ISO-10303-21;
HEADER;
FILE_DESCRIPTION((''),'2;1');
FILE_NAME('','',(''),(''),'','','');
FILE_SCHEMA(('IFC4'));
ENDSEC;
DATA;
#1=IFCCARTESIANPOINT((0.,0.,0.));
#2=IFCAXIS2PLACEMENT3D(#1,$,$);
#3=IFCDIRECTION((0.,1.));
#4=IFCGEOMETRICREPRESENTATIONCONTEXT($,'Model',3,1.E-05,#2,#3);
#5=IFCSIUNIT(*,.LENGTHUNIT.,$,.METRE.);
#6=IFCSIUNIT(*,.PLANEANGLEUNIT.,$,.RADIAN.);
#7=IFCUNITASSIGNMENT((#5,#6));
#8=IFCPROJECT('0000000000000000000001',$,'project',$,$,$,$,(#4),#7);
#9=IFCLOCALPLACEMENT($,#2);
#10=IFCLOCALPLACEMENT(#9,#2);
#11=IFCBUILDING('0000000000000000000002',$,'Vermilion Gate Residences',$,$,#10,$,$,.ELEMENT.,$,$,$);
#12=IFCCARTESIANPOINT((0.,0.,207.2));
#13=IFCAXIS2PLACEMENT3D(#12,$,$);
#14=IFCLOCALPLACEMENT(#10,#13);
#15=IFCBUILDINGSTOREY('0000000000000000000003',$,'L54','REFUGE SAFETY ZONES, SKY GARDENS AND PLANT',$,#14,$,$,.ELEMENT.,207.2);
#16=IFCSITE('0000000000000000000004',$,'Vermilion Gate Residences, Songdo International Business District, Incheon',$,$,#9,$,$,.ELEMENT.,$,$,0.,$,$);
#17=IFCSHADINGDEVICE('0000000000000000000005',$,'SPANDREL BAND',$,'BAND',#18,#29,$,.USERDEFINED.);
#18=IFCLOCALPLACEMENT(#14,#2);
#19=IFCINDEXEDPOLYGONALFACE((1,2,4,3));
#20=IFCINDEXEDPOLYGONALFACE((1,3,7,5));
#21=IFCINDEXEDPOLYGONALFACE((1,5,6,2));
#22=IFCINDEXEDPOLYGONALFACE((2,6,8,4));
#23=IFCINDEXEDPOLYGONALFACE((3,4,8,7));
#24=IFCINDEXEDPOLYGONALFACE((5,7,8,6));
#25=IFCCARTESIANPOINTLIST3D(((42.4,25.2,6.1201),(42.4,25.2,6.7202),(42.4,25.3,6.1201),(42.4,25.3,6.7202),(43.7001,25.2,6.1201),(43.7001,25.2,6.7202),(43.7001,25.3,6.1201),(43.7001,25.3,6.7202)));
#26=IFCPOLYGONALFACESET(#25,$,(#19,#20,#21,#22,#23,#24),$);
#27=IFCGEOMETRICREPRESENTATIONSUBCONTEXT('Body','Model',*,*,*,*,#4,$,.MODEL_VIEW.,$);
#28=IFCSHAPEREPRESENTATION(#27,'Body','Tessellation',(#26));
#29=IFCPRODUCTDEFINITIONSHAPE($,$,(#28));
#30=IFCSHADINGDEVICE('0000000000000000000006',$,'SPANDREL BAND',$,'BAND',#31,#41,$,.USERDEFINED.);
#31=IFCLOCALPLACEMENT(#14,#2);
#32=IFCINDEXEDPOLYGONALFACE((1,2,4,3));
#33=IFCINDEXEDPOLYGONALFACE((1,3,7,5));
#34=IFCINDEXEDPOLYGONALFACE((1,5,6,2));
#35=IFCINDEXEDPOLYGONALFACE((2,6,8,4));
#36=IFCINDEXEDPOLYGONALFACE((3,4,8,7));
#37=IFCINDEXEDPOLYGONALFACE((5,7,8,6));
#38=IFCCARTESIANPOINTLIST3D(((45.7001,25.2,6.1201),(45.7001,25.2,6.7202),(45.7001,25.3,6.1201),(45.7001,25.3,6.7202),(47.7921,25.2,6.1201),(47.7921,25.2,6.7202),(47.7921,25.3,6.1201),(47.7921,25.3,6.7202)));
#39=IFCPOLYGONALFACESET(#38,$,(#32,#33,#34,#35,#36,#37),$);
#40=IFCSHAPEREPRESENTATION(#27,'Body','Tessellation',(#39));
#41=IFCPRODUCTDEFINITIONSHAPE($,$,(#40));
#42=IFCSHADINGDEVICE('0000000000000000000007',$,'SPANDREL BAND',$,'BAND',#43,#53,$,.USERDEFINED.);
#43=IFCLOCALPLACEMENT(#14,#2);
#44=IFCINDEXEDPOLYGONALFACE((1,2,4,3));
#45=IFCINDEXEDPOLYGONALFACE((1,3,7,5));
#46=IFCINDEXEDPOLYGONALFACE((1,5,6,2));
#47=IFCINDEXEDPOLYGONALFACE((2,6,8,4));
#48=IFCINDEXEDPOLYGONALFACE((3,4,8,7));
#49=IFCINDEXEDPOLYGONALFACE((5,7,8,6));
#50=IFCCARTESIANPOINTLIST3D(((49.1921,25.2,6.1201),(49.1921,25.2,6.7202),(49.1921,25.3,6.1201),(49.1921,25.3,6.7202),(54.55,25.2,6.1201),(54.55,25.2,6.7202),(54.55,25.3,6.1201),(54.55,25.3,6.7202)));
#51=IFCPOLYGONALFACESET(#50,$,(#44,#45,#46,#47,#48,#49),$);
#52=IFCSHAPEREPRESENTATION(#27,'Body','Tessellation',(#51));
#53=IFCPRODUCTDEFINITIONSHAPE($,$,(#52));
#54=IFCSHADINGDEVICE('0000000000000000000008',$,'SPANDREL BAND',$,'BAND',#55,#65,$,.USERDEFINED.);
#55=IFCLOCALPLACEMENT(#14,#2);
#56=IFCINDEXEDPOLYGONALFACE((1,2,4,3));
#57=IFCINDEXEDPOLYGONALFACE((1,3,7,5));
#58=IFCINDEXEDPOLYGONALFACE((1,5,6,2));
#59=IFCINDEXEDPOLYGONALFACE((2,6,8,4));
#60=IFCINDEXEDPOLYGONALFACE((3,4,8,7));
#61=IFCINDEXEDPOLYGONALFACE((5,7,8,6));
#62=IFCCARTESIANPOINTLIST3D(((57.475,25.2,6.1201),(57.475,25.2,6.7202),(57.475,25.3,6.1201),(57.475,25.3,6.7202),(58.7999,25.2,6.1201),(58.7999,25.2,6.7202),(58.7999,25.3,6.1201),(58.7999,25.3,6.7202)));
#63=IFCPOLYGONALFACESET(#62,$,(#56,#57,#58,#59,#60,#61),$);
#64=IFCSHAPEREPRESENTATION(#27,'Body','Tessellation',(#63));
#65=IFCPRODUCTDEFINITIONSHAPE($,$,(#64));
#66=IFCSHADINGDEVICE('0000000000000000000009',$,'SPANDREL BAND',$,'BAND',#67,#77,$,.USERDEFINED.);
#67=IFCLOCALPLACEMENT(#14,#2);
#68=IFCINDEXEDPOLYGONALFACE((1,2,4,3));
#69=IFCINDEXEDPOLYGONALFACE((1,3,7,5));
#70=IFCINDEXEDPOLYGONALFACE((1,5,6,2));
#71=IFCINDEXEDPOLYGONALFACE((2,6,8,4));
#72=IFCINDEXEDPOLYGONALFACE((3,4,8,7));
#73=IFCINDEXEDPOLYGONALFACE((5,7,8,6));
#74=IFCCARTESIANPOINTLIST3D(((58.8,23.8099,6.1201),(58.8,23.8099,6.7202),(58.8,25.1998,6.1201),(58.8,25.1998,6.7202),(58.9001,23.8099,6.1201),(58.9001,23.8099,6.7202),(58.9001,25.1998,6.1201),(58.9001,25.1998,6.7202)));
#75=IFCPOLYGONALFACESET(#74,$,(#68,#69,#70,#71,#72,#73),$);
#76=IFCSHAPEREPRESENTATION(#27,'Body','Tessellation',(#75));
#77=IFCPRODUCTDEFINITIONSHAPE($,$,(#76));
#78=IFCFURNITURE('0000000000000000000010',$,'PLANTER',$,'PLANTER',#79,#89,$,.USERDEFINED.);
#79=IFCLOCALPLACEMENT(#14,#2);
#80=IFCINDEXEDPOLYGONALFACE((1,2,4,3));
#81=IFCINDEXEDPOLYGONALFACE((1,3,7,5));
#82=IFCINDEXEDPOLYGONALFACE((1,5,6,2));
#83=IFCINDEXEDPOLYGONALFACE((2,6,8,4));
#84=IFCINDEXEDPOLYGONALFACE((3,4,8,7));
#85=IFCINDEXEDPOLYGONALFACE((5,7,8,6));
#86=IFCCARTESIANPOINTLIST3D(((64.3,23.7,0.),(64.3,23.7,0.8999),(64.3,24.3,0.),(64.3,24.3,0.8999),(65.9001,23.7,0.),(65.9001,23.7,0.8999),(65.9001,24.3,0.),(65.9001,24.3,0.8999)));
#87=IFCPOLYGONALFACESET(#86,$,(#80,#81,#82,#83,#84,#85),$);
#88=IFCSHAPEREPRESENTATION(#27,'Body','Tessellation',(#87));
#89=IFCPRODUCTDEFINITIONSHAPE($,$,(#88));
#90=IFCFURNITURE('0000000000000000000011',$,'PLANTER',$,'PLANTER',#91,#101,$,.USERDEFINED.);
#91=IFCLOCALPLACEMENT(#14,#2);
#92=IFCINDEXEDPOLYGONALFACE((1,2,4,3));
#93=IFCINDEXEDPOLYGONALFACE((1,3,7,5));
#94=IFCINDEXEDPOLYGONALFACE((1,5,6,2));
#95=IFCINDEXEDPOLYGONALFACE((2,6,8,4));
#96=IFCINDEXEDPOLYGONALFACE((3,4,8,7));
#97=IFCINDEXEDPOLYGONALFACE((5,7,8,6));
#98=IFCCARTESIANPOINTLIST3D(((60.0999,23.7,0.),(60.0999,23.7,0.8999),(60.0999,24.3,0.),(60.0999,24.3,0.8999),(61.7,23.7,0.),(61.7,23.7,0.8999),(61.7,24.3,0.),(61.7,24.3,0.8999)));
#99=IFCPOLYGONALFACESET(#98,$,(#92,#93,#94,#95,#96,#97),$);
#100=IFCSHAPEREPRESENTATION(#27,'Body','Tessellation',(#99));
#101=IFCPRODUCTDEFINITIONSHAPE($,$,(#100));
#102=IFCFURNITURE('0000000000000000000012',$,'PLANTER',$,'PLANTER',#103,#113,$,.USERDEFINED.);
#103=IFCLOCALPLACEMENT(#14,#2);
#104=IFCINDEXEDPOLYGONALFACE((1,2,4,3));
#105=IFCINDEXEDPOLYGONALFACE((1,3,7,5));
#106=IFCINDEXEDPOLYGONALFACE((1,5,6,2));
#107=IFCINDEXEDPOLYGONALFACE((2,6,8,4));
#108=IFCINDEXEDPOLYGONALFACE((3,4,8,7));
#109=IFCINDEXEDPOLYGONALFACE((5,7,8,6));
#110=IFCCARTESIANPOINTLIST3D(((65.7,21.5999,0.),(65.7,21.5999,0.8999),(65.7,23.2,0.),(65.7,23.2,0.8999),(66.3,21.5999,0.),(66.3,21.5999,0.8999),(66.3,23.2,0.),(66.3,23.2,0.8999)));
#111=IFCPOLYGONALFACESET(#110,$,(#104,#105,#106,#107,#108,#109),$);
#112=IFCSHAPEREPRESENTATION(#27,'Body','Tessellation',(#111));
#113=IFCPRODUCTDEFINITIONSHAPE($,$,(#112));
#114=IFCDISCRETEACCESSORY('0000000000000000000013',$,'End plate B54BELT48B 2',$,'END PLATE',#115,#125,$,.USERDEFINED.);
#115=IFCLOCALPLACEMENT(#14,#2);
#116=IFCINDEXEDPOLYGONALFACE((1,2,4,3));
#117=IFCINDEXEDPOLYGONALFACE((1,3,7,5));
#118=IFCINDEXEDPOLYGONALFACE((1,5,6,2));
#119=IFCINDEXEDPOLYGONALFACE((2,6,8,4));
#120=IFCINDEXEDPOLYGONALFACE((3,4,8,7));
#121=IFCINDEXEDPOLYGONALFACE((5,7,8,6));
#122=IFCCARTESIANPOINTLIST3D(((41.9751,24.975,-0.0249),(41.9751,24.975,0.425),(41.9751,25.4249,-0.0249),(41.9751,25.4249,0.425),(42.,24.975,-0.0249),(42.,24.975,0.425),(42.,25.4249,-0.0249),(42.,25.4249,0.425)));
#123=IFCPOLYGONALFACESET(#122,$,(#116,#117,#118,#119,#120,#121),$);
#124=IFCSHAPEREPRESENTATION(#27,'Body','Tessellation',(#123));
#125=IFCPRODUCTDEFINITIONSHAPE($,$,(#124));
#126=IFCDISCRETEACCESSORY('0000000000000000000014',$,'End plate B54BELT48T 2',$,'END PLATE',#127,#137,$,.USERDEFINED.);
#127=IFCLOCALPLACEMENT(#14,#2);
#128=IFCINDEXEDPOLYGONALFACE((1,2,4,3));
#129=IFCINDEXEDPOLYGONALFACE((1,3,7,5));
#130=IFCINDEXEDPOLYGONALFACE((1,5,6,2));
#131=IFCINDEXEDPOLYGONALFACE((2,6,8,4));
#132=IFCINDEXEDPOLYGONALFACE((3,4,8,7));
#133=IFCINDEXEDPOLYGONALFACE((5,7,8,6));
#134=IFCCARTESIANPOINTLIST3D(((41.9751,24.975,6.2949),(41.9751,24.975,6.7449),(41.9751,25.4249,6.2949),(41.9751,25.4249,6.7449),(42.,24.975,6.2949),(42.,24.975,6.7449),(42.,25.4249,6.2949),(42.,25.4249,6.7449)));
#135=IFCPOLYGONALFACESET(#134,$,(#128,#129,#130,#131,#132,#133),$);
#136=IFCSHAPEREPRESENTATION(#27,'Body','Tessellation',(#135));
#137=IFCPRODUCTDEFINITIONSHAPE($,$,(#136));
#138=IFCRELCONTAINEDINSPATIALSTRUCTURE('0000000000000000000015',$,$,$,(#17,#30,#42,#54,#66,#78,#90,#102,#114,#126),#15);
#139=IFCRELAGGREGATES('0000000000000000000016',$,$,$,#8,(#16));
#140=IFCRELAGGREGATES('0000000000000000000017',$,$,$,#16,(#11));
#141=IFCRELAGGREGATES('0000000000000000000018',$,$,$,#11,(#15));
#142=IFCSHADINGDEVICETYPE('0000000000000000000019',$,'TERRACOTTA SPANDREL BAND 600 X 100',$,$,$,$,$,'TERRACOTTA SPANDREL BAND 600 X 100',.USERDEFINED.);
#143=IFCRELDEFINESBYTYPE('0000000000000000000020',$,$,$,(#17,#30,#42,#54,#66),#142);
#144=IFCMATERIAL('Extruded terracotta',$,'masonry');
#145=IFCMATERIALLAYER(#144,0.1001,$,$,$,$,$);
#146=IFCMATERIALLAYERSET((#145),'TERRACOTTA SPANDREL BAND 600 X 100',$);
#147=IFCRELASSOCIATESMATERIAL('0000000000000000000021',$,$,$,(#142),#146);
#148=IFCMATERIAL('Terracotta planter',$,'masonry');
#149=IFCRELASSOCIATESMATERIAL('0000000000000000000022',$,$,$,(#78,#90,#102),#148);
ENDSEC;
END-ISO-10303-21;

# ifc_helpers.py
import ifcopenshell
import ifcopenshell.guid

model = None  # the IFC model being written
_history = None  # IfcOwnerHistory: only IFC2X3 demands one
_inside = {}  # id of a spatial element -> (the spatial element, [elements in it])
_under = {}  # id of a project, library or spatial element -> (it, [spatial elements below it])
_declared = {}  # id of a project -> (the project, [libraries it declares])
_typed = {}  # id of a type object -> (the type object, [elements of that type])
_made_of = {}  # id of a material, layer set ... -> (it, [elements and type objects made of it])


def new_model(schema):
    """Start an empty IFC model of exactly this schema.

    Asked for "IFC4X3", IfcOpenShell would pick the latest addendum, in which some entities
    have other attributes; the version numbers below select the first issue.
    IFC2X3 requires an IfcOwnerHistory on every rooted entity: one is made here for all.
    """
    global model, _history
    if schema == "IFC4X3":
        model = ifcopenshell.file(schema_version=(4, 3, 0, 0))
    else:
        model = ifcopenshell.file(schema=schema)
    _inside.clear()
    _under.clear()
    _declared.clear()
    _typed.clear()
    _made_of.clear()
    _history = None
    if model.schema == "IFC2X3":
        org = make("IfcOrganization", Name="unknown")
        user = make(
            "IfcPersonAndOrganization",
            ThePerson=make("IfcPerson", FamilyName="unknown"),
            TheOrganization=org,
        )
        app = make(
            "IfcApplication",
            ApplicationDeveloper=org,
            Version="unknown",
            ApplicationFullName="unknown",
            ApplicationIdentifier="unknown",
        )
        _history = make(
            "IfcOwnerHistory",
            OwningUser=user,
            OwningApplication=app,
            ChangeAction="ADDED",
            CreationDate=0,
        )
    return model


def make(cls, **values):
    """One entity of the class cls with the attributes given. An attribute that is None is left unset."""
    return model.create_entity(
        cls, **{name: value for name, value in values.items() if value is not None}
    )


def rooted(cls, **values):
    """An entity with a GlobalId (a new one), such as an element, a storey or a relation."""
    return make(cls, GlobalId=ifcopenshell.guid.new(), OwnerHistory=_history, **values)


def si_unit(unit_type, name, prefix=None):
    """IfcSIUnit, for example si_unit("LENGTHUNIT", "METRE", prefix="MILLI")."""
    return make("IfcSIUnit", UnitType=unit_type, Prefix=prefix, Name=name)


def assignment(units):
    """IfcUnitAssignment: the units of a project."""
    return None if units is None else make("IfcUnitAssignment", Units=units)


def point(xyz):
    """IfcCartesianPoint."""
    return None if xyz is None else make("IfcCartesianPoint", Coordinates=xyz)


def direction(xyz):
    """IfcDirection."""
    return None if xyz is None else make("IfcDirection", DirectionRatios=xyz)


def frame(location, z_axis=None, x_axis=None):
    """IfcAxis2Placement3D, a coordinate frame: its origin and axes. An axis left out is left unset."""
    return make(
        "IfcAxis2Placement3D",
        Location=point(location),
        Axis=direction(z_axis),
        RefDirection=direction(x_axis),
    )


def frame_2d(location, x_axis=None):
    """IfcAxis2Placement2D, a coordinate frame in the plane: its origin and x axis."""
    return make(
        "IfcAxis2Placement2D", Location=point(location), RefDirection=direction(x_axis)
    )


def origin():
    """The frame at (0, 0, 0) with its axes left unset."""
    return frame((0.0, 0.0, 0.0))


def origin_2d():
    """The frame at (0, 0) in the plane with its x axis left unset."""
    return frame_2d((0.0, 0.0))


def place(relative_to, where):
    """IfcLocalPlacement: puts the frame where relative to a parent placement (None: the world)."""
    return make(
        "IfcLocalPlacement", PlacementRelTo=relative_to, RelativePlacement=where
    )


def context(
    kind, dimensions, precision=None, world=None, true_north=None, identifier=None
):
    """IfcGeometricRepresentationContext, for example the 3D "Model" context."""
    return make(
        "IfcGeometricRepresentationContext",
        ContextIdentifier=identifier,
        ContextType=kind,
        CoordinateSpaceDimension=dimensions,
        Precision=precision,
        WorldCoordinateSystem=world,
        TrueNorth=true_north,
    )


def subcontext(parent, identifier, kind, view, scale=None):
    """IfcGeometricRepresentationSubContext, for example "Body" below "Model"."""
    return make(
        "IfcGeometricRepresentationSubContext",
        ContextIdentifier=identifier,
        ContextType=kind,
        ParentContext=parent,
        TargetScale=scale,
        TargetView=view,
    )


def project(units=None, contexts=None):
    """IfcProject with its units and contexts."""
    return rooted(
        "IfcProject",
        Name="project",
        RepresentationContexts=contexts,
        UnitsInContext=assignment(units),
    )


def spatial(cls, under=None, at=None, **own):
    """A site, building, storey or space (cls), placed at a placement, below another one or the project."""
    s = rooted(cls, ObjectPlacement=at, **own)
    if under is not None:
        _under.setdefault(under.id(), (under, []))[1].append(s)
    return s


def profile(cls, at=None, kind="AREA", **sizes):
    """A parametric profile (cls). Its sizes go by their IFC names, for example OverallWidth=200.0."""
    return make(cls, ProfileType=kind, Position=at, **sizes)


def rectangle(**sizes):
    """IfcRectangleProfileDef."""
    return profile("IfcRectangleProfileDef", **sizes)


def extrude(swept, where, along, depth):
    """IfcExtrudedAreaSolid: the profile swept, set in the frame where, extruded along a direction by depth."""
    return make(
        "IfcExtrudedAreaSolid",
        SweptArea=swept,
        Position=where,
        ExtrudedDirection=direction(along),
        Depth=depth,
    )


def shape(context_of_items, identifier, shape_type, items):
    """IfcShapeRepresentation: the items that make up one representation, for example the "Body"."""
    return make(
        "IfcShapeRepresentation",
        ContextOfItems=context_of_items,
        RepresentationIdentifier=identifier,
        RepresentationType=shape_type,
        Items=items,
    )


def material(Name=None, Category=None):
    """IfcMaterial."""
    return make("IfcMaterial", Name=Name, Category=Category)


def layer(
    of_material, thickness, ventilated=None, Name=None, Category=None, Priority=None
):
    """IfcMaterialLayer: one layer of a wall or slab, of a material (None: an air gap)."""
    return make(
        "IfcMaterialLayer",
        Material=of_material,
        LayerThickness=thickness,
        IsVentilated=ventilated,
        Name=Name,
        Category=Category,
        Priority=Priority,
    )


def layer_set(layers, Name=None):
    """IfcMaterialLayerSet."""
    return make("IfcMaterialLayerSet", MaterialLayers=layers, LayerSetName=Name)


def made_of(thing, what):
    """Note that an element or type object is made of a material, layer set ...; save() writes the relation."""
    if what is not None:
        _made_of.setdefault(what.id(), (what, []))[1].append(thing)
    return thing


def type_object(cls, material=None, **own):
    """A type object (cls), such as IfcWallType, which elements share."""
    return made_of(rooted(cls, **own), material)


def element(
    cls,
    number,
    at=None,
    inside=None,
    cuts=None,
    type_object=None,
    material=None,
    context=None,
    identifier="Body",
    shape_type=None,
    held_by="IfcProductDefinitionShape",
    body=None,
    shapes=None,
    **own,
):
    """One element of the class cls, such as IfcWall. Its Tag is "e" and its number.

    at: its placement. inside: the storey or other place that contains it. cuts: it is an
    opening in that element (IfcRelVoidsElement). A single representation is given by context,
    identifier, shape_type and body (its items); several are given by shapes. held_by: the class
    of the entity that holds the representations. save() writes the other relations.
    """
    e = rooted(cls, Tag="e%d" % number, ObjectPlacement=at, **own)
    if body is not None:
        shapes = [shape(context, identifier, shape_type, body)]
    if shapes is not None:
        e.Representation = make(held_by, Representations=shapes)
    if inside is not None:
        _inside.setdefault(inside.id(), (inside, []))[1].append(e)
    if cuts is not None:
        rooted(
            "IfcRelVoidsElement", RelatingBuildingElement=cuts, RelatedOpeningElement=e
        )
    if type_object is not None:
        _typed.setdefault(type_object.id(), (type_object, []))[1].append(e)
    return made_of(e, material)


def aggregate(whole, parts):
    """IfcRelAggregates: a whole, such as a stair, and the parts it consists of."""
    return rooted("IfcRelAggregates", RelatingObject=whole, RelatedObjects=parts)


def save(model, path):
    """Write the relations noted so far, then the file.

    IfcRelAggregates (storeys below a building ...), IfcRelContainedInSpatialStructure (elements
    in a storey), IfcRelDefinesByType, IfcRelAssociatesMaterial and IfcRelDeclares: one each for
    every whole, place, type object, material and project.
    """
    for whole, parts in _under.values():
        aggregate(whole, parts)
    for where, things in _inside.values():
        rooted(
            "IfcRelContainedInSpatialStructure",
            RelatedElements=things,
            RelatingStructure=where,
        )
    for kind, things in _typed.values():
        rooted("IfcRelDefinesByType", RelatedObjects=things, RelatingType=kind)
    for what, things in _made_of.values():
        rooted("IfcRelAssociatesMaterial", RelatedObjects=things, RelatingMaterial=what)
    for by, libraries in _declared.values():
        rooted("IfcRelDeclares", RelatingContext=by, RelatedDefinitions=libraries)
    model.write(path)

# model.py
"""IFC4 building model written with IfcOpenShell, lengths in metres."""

from ifc_helpers import new_model, si_unit, direction, frame, origin, origin_2d, place, context, subcontext, project, spatial, rectangle, extrude, material, layer, layer_set, type_object, element, save


model = new_model("IFC4")

# Units and contexts
model_context = context("Model", 3, precision=1e-05, world=origin(), true_north=direction((0.0, 1.0)))
body_context = subcontext(model_context, "Body", "Model", "MODEL_VIEW")
ifc_project = project(units=[si_unit("LENGTHUNIT", "METRE"), si_unit("PLANEANGLEUNIT", "RADIAN")], contexts=[model_context])

# Site, building, storey
site_placement = place(None, origin())
site = spatial("IfcSite", under=ifc_project, at=site_placement, Name="Vermilion Gate Residences, Songdo International Business District, Incheon", CompositionType="ELEMENT", RefElevation=0.0)
building_placement = place(site_placement, origin())
building = spatial("IfcBuilding", under=site, at=building_placement, Name="Vermilion Gate Residences", CompositionType="ELEMENT")
storey_placement = place(building_placement, frame((0.0, 0.0, 207.2)))
storey = spatial("IfcBuildingStorey", under=building, at=storey_placement, Name="L54", Description="REFUGE SAFETY ZONES, SKY GARDENS AND PLANT", CompositionType="ELEMENT", Elevation=207.2)

# Shading devices
ifc_material_1 = material(Name="Extruded terracotta", Category="masonry")
ifc_layer_1 = layer(ifc_material_1, 0.1001)
ifc_layer_set_1 = layer_set([ifc_layer_1], Name="TERRACOTTA SPANDREL BAND 600 X 100")
shading_device_type = type_object("IfcShadingDeviceType", Name="TERRACOTTA SPANDREL BAND 600 X 100", ElementType="TERRACOTTA SPANDREL BAND 600 X 100", PredefinedType="USERDEFINED", material=ifc_layer_set_1)
shading_device_1_placement = place(storey_placement, frame((43.05, 25.25, 6.1201), z_axis=(0.0, 0.0, 1.0), x_axis=(1.0, 0.0, 0.0)))
element("IfcShadingDevice", 1, at=shading_device_1_placement, inside=storey, type_object=shading_device_type, Name="SPANDREL BAND", ObjectType="BAND", PredefinedType="USERDEFINED", context=body_context, shape_type="SweptSolid", body=[
    extrude(rectangle(XDim=1.3, YDim=0.1001, at=origin_2d()), origin(), (0.0, 0.0, 1.0), 0.6001),
])
shading_device_2_placement = place(storey_placement, frame((46.7461, 25.25, 6.1201), z_axis=(0.0, 0.0, 1.0), x_axis=(1.0, 0.0, 0.0)))
element("IfcShadingDevice", 2, at=shading_device_2_placement, inside=storey, type_object=shading_device_type, Name="SPANDREL BAND", ObjectType="BAND", PredefinedType="USERDEFINED", context=body_context, shape_type="SweptSolid", body=[
    extrude(rectangle(XDim=2.092, YDim=0.1001, at=origin_2d()), origin(), (0.0, 0.0, 1.0), 0.6001),
])
shading_device_3_placement = place(storey_placement, frame((51.8711, 25.25, 6.1201), z_axis=(0.0, 0.0, 1.0), x_axis=(1.0, 0.0, 0.0)))
element("IfcShadingDevice", 3, at=shading_device_3_placement, inside=storey, type_object=shading_device_type, Name="SPANDREL BAND", ObjectType="BAND", PredefinedType="USERDEFINED", context=body_context, shape_type="SweptSolid", body=[
    extrude(rectangle(XDim=5.3579, YDim=0.1001, at=origin_2d()), origin(), (0.0, 0.0, 1.0), 0.6001),
])
shading_device_4_placement = place(storey_placement, frame((58.1375, 25.25, 6.1201), z_axis=(0.0, 0.0, 1.0), x_axis=(1.0, 0.0, 0.0)))
element("IfcShadingDevice", 4, at=shading_device_4_placement, inside=storey, type_object=shading_device_type, Name="SPANDREL BAND", ObjectType="BAND", PredefinedType="USERDEFINED", context=body_context, shape_type="SweptSolid", body=[
    extrude(rectangle(XDim=1.325, YDim=0.1001, at=origin_2d()), origin(), (0.0, 0.0, 1.0), 0.6001),
])
shading_device_5_placement = place(storey_placement, frame((58.8501, 24.5049, 6.1201), z_axis=(0.0, 0.0, 1.0), x_axis=(0.0, 1.0, 0.0)))
element("IfcShadingDevice", 5, at=shading_device_5_placement, inside=storey, type_object=shading_device_type, Name="SPANDREL BAND", ObjectType="BAND", PredefinedType="USERDEFINED", context=body_context, shape_type="SweptSolid", body=[
    extrude(rectangle(XDim=1.3899, YDim=0.1001, at=origin_2d()), origin(), (0.0, 0.0, 1.0), 0.6001),
])

# Furniture
ifc_material_2 = material(Name="Terracotta planter", Category="masonry")
for number, where, z_axis, x_axis, name in (
    (6, (65.1001, 24.0, 0.0), (0.0, 0.0, 1.0), (-1.0, 0.0, 0.0), "PLANTER"),
    (7, (60.8999, 24.0, 0.0), (0.0, 0.0, 1.0), (-1.0, 0.0, 0.0), "PLANTER"),
    (8, (66.0, 22.3999, 0.0), (0.0, 0.0, 1.0), (0.0, 1.0, 0.0), "PLANTER"),
):
    element("IfcFurniture", number, at=place(storey_placement, frame(where, z_axis=z_axis, x_axis=x_axis)), inside=storey, material=ifc_material_2, Name=name, ObjectType="PLANTER", PredefinedType="USERDEFINED", context=body_context, shape_type="SweptSolid", body=[
        extrude(rectangle(XDim=1.6001, YDim=0.6001, at=origin_2d()), origin(), (0.0, 0.0, 1.0), 0.8999),
    ])

# Discrete accessories
for number, where, z_axis, x_axis, name in (
    (9, (41.9875, 25.2, -0.0249), (0.0, 0.0, 1.0), (1.0, 0.0, 0.0), "End plate B54BELT48B 2"),
    (10, (41.9875, 25.2, 6.2949), (0.0, 0.0, 1.0), (1.0, 0.0, 0.0), "End plate B54BELT48T 2"),
):
    element("IfcDiscreteAccessory", number, at=place(storey_placement, frame(where, z_axis=z_axis, x_axis=x_axis)), inside=storey, Name=name, ObjectType="END PLATE", PredefinedType="USERDEFINED", context=body_context, shape_type="SweptSolid", body=[
        extrude(rectangle(XDim=0.0249, YDim=0.45, at=origin_2d()), origin(), (0.0, 0.0, 1.0), 0.45),
    ])

save(model, "model.ifc")
